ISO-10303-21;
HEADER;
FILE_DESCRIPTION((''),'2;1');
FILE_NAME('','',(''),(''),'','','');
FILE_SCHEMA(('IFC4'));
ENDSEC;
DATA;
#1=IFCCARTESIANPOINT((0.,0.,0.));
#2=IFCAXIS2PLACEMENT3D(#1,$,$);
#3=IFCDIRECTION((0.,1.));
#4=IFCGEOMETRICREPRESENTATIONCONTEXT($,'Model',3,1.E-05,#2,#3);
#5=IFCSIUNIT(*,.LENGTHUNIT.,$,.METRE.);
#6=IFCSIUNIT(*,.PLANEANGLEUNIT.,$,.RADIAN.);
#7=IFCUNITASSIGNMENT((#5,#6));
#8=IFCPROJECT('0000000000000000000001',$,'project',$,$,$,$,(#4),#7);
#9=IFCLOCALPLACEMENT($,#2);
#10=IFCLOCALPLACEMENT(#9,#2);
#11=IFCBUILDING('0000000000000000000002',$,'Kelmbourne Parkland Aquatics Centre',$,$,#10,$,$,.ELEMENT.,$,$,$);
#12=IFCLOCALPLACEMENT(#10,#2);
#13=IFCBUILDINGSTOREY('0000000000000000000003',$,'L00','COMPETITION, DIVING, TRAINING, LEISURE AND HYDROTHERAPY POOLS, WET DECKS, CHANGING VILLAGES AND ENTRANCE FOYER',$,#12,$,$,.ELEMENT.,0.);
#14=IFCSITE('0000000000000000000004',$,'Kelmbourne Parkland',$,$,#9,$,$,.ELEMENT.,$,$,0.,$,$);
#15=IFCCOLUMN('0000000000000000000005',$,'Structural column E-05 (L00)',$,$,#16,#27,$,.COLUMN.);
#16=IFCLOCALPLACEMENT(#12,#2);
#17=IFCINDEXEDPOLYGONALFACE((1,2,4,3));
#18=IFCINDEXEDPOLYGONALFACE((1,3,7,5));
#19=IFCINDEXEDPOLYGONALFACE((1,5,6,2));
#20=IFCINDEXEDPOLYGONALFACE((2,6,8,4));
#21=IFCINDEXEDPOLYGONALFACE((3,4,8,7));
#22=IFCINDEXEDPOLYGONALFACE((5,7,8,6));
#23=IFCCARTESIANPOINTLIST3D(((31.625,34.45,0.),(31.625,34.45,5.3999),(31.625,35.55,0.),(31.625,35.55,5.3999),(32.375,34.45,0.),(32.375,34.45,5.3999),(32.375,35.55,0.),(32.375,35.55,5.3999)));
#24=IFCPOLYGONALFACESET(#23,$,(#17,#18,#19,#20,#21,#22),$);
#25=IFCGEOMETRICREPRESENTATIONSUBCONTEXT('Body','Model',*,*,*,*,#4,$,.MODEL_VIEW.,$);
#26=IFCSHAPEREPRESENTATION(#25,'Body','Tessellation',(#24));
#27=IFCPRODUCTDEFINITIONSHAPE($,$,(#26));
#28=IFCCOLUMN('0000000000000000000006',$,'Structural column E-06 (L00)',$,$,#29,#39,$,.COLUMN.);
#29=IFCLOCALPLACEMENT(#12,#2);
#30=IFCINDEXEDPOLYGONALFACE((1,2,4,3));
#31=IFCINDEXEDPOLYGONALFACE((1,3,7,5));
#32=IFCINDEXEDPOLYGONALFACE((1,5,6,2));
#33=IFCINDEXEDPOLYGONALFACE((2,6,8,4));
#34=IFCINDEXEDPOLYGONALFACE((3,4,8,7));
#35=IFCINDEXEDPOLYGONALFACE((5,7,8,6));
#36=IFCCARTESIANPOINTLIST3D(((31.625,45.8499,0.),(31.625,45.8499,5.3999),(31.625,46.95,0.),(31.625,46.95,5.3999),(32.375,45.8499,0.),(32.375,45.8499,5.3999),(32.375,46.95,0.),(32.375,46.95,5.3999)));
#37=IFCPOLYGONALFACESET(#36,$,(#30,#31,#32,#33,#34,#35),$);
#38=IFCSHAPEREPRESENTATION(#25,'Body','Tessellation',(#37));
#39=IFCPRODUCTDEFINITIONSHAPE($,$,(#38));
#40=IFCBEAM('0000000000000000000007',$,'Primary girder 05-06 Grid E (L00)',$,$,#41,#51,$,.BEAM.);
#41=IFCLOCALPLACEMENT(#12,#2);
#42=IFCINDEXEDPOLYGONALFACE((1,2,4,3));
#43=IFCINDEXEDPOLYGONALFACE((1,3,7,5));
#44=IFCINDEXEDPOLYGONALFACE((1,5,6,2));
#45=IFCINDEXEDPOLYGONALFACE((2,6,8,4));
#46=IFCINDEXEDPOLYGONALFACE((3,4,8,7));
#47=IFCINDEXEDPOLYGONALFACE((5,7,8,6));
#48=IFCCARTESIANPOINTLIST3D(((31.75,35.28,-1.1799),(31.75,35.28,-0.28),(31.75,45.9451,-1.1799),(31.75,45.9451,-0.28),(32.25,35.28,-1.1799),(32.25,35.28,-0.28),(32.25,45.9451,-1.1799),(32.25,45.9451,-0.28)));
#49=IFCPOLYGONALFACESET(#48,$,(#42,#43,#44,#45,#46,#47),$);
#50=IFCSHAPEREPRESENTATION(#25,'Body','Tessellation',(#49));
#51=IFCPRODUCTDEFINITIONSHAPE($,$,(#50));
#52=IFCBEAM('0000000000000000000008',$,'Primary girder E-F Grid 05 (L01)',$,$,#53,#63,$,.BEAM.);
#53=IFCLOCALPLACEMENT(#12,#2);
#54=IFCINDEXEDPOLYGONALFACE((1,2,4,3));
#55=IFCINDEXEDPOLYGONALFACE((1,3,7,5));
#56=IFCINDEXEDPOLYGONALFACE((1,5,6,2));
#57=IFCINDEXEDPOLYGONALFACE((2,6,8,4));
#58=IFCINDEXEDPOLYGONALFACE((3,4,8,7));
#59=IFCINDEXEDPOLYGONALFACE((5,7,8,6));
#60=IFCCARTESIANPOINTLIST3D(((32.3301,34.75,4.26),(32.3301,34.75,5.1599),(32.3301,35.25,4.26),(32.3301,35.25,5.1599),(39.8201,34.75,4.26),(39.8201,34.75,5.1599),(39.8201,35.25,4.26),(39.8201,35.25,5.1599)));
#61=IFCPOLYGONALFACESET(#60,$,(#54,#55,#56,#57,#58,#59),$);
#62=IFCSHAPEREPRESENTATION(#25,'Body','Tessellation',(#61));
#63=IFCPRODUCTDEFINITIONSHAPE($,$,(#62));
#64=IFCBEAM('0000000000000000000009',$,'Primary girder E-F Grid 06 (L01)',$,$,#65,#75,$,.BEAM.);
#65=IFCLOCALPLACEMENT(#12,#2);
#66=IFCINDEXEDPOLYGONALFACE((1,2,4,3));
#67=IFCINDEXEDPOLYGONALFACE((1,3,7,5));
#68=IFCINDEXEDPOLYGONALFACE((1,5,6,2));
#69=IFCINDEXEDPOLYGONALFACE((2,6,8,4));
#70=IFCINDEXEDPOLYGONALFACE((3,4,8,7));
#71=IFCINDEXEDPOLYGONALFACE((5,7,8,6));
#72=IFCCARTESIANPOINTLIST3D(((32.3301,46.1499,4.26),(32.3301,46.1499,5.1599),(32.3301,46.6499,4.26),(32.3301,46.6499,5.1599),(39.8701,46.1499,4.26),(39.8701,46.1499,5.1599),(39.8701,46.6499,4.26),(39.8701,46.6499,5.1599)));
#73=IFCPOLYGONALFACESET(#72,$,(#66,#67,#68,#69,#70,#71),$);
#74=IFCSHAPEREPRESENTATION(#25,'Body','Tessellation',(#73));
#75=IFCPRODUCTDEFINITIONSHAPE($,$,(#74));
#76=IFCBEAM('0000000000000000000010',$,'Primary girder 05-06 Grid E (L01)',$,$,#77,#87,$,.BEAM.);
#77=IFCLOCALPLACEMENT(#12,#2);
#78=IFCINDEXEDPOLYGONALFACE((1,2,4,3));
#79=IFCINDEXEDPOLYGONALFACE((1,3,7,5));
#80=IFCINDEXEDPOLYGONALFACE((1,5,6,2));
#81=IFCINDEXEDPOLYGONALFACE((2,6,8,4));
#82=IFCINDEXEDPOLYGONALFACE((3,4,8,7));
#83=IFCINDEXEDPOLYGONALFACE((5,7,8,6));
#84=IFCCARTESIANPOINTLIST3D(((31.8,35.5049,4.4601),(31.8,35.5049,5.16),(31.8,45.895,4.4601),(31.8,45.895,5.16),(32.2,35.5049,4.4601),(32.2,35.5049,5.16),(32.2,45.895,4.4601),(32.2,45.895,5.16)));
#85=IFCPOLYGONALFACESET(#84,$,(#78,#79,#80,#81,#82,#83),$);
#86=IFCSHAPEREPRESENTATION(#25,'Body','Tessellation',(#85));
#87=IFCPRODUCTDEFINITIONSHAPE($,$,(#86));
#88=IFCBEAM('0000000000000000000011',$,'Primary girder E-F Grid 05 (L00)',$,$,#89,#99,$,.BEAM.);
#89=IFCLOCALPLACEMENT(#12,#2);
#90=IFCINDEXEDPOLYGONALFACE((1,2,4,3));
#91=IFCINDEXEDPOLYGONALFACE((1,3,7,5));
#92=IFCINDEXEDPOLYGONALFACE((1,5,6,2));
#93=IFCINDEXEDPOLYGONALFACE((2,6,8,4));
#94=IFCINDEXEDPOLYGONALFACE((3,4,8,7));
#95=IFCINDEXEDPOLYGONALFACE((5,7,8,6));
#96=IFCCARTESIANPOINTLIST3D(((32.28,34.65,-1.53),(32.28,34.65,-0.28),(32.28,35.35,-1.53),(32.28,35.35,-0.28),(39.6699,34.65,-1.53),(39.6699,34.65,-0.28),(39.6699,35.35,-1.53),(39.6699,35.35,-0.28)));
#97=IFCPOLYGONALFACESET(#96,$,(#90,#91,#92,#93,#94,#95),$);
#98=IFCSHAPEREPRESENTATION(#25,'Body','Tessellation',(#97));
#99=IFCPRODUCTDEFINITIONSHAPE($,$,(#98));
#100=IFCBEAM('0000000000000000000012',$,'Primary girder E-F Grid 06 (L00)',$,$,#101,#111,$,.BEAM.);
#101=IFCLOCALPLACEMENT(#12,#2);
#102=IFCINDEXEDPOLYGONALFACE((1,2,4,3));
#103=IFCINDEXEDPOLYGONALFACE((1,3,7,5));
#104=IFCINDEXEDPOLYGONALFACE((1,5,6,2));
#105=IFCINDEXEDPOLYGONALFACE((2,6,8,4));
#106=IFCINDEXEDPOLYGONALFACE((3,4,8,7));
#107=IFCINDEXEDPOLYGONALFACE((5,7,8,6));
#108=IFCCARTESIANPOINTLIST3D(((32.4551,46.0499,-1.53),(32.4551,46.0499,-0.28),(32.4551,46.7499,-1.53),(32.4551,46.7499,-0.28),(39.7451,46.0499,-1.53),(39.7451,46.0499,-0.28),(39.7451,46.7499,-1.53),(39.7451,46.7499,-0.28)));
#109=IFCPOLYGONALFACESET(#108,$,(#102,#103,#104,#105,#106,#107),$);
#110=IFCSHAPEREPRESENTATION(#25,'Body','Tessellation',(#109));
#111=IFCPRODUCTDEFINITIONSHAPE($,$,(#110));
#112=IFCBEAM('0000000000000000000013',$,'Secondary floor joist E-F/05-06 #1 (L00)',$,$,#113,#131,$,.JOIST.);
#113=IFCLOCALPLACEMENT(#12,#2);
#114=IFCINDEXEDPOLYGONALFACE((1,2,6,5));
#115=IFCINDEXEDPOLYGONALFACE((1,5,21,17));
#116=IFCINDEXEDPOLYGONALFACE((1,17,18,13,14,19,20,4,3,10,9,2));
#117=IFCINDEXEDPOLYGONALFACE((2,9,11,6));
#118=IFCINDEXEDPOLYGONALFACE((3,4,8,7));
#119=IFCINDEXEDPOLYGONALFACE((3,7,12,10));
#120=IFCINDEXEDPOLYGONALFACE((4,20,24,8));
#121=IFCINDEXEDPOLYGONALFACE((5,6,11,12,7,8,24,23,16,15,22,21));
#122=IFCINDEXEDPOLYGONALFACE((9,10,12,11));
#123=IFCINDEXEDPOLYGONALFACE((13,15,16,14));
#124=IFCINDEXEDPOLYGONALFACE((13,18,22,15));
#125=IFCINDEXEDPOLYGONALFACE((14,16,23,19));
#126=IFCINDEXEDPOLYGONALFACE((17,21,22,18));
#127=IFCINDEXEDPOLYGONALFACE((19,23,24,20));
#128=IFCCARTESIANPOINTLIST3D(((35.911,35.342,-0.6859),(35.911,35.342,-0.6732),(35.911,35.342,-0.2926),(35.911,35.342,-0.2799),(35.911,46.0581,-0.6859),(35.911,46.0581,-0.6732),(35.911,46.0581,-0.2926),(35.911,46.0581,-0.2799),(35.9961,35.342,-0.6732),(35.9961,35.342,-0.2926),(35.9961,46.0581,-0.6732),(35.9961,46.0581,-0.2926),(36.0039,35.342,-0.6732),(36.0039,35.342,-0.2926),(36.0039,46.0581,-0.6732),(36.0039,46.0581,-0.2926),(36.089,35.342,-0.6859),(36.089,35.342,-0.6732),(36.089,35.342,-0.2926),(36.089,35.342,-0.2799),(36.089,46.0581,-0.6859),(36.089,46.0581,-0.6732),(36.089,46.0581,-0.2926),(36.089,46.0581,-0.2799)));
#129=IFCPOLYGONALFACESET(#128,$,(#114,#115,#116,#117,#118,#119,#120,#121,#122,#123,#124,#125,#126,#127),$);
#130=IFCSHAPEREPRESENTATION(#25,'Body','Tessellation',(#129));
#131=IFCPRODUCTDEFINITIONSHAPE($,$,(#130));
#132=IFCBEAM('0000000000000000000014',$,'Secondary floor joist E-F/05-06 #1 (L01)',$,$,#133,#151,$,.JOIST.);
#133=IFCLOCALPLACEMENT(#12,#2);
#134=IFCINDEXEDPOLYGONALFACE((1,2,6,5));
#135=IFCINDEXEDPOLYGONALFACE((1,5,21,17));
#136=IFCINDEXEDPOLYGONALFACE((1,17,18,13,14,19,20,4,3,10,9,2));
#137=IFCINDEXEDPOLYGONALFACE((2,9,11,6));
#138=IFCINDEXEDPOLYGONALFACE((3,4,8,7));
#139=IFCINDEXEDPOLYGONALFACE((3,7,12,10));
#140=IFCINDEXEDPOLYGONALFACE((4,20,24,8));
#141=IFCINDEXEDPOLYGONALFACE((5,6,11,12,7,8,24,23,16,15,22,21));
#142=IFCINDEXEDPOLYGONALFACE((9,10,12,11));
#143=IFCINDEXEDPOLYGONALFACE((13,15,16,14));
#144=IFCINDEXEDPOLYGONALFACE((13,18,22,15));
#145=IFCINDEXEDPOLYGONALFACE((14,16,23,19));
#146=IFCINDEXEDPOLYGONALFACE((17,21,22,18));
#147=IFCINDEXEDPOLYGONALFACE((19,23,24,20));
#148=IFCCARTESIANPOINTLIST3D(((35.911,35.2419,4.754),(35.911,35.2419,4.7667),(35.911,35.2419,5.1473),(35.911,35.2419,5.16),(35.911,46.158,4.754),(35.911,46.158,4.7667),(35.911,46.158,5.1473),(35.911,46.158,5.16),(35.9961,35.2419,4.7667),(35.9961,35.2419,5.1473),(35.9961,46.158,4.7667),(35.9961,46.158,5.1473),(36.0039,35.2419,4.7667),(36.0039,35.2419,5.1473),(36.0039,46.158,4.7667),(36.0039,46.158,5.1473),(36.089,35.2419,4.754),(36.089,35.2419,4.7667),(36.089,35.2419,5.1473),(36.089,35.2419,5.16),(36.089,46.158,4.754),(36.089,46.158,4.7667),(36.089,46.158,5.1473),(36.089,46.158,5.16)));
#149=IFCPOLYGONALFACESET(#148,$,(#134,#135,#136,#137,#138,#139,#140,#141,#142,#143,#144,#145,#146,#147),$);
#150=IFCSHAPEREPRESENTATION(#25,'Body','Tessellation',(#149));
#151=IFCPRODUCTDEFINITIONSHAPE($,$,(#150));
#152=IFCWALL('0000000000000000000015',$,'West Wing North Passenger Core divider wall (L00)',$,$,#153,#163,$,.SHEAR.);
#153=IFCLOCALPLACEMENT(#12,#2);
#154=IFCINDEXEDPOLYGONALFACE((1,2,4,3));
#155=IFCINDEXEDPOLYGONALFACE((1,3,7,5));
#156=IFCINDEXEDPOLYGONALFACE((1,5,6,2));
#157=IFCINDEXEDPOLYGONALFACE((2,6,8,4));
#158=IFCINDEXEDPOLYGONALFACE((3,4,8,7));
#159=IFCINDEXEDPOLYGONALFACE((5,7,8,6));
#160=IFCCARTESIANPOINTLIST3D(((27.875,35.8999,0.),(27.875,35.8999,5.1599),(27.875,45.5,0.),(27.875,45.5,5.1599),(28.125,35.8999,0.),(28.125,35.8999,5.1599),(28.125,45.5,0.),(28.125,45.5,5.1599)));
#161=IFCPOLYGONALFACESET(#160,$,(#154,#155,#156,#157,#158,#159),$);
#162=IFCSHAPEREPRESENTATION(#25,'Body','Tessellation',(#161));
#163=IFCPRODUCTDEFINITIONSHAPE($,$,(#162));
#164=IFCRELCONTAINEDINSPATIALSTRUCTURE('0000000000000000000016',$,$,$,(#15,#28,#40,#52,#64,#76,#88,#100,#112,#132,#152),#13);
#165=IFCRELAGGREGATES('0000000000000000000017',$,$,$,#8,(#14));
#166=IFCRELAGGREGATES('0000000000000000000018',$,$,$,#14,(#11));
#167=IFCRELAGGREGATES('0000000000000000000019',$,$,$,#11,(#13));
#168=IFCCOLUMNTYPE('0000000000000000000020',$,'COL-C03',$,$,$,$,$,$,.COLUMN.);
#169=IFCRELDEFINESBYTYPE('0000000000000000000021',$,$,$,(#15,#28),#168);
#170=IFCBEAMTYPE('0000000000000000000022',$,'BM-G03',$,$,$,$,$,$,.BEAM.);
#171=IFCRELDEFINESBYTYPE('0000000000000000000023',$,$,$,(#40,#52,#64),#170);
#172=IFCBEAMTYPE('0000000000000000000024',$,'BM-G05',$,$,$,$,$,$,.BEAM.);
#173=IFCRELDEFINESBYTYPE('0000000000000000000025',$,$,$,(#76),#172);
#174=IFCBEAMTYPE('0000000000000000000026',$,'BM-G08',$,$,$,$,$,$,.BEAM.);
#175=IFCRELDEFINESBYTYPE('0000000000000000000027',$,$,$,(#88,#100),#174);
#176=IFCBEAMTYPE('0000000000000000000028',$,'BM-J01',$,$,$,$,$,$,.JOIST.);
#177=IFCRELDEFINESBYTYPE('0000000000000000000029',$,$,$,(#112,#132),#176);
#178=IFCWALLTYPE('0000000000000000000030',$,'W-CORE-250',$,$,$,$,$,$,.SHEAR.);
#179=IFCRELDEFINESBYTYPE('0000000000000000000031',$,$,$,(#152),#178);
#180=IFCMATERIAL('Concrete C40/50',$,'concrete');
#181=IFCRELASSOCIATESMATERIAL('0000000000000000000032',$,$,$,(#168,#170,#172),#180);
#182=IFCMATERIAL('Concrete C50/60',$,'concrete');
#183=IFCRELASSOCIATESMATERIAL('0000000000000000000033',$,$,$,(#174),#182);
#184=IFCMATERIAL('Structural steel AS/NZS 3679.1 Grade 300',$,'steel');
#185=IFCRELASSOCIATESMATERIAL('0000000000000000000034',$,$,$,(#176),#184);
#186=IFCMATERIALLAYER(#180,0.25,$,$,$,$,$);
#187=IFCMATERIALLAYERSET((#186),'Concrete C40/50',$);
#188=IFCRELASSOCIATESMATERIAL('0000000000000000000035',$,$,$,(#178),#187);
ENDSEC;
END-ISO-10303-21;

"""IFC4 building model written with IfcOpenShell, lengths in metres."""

from ifc_helpers import new_model, si_unit, direction, frame, frame_2d, origin, origin_2d, place, context, subcontext, project, spatial, rectangle, i_section, extrude, material, layer, layer_set, material_profile, profile_set, type_object, element, save


model = new_model("IFC4")

# Units and contexts
model_context = context("Model", 3, precision=1e-05, world=origin(), true_north=direction((0.0, 1.0)))
body_context = subcontext(model_context, "Body", "Model", "MODEL_VIEW")
ifc_project = project(units=[si_unit("LENGTHUNIT", "METRE"), si_unit("PLANEANGLEUNIT", "RADIAN")], contexts=[model_context])

# Site, building, storey
site_placement = place(None, origin())
site = spatial("IfcSite", under=ifc_project, at=site_placement, Name="Kelmbourne Parkland", CompositionType="ELEMENT", RefElevation=0.0)
building_placement = place(site_placement, origin())
building = spatial("IfcBuilding", under=site, at=building_placement, Name="Kelmbourne Parkland Aquatics Centre", CompositionType="ELEMENT")
storey_placement = place(building_placement, origin())
storey = spatial("IfcBuildingStorey", under=building, at=storey_placement, Name="L00", Description="COMPETITION, DIVING, TRAINING, LEISURE AND HYDROTHERAPY POOLS, WET DECKS, CHANGING VILLAGES AND ENTRANCE FOYER", CompositionType="ELEMENT", Elevation=0.0)

# Columns
ifc_material_1 = material(Name="Concrete C40/50", Category="concrete")
ifc_material_profile_1 = material_profile(ifc_material_1, rectangle(XDim=0.75, YDim=1.1001, at=origin_2d()), Name="RC 750x1100")
ifc_profile_set_1 = profile_set([ifc_material_profile_1], Name="Concrete C40/50")
column_type = type_object("IfcColumnType", Name="COL-C03", PredefinedType="COLUMN", material=ifc_profile_set_1)
for number, where, z_axis, x_axis, name in (
    (1, (32.0, 35.0, 0.0), (0.0, 0.0, 1.0), (1.0, 0.0, 0.0), "Structural column E-05 (L00)"),
    (2, (32.0, 46.3999, 0.0), (0.0, 0.0, 1.0), (1.0, 0.0, 0.0), "Structural column E-06 (L00)"),
):
    element("IfcColumn", number, at=place(storey_placement, frame(where, z_axis=z_axis, x_axis=x_axis)), inside=storey, type_object=column_type, Name=name, PredefinedType="COLUMN", context=body_context, shape_type="SweptSolid", body=[
        extrude(rectangle(XDim=0.75, YDim=1.1001, at=origin_2d()), origin(), (0.0, 0.0, 1.0), 5.3999),
    ])

# Beams
ifc_material_profile_2 = material_profile(ifc_material_1, rectangle(XDim=0.5, YDim=0.8999, at=origin_2d()), Name="RC 500x900")
ifc_profile_set_2 = profile_set([ifc_material_profile_2], Name="Concrete C40/50")
beam_type_1 = type_object("IfcBeamType", Name="BM-G03", PredefinedType="BEAM", material=ifc_profile_set_2)
beam_1_placement = place(storey_placement, frame((32.0, 35.28, -0.73), z_axis=(0.0, 1.0, 0.0), x_axis=(-1.0, 0.0, 0.0)))
element("IfcBeam", 3, at=beam_1_placement, inside=storey, type_object=beam_type_1, Name="Primary girder 05-06 Grid E (L00)", PredefinedType="BEAM", context=body_context, shape_type="SweptSolid", body=[
    extrude(rectangle(XDim=0.5, YDim=0.8999, at=origin_2d()), origin(), (0.0, 0.0, 1.0), 10.665),
])
beam_2_placement = place(storey_placement, frame((32.3301, 35.0, 4.71), z_axis=(1.0, 0.0, 0.0), x_axis=(0.0, 1.0, 0.0)))
element("IfcBeam", 4, at=beam_2_placement, inside=storey, type_object=beam_type_1, Name="Primary girder E-F Grid 05 (L01)", PredefinedType="BEAM", context=body_context, shape_type="SweptSolid", body=[
    extrude(rectangle(XDim=0.5, YDim=0.8999, at=origin_2d()), origin(), (0.0, 0.0, 1.0), 7.49),
])
beam_3_placement = place(storey_placement, frame((32.3301, 46.3999, 4.71), z_axis=(1.0, 0.0, 0.0), x_axis=(0.0, 1.0, 0.0)))
element("IfcBeam", 5, at=beam_3_placement, inside=storey, type_object=beam_type_1, Name="Primary girder E-F Grid 06 (L01)", PredefinedType="BEAM", context=body_context, shape_type="SweptSolid", body=[
    extrude(rectangle(XDim=0.5, YDim=0.8999, at=origin_2d()), origin(), (0.0, 0.0, 1.0), 7.54),
])
ifc_material_profile_3 = material_profile(ifc_material_1, rectangle(XDim=0.3999, YDim=0.7, at=origin_2d()), Name="RC 400x700")
ifc_profile_set_3 = profile_set([ifc_material_profile_3], Name="Concrete C40/50")
beam_type_2 = type_object("IfcBeamType", Name="BM-G05", PredefinedType="BEAM", material=ifc_profile_set_3)
beam_4_placement = place(storey_placement, frame((32.0, 35.5049, 4.8101), z_axis=(0.0, 1.0, 0.0), x_axis=(-1.0, 0.0, 0.0)))
element("IfcBeam", 6, at=beam_4_placement, inside=storey, type_object=beam_type_2, Name="Primary girder 05-06 Grid E (L01)", PredefinedType="BEAM", context=body_context, shape_type="SweptSolid", body=[
    extrude(rectangle(XDim=0.3999, YDim=0.7, at=origin_2d()), origin(), (0.0, 0.0, 1.0), 10.3901),
])
ifc_material_2 = material(Name="Concrete C50/60", Category="concrete")
ifc_material_profile_4 = material_profile(ifc_material_2, rectangle(XDim=0.7, YDim=1.25, at=origin_2d()), Name="RC 700x1250")
ifc_profile_set_4 = profile_set([ifc_material_profile_4], Name="Concrete C50/60")
beam_type_3 = type_object("IfcBeamType", Name="BM-G08", PredefinedType="BEAM", material=ifc_profile_set_4)
beam_5_placement = place(storey_placement, frame((32.28, 35.0, -0.905), z_axis=(1.0, 0.0, 0.0), x_axis=(0.0, 1.0, 0.0)))
element("IfcBeam", 7, at=beam_5_placement, inside=storey, type_object=beam_type_3, Name="Primary girder E-F Grid 05 (L00)", PredefinedType="BEAM", context=body_context, shape_type="SweptSolid", body=[
    extrude(rectangle(XDim=0.7, YDim=1.25, at=origin_2d()), origin(), (0.0, 0.0, 1.0), 7.3899),
])
beam_6_placement = place(storey_placement, frame((32.4551, 46.3999, -0.905), z_axis=(1.0, 0.0, 0.0), x_axis=(0.0, 1.0, 0.0)))
element("IfcBeam", 8, at=beam_6_placement, inside=storey, type_object=beam_type_3, Name="Primary girder E-F Grid 06 (L00)", PredefinedType="BEAM", context=body_context, shape_type="SweptSolid", body=[
    extrude(rectangle(XDim=0.7, YDim=1.25, at=origin_2d()), origin(), (0.0, 0.0, 1.0), 7.29),
])
ifc_material_3 = material(Name="Structural steel AS/NZS 3679.1 Grade 300", Category="steel")
ifc_material_profile_5 = material_profile(ifc_material_3, i_section(OverallWidth=0.178, OverallDepth=0.406, WebThickness=0.0078, FlangeThickness=0.0127, at=origin_2d()), Name="410UB59.7")
ifc_profile_set_5 = profile_set([ifc_material_profile_5], Name="Structural steel AS/NZS 3679.1 Grade 300")
beam_type_4 = type_object("IfcBeamType", Name="BM-J01", PredefinedType="JOIST", material=ifc_profile_set_5)
beam_7_placement = place(storey_placement, frame((36.0, 35.342, -0.4829), z_axis=(0.0, 1.0, 0.0), x_axis=(-1.0, 0.0, 0.0)))
element("IfcBeam", 9, at=beam_7_placement, inside=storey, type_object=beam_type_4, Name="Secondary floor joist E-F/05-06 #1 (L00)", PredefinedType="JOIST", context=body_context, shape_type="SweptSolid", body=[
    extrude(i_section(OverallWidth=0.178, OverallDepth=0.406, WebThickness=0.0078, FlangeThickness=0.0127, at=origin_2d()), origin(), (0.0, 0.0, 1.0), 10.7161),
])
beam_8_placement = place(storey_placement, frame((36.0, 35.2419, 4.957), z_axis=(0.0, 1.0, 0.0), x_axis=(-1.0, 0.0, 0.0)))
element("IfcBeam", 10, at=beam_8_placement, inside=storey, type_object=beam_type_4, Name="Secondary floor joist E-F/05-06 #1 (L01)", PredefinedType="JOIST", context=body_context, shape_type="SweptSolid", body=[
    extrude(i_section(OverallWidth=0.178, OverallDepth=0.406, WebThickness=0.0078, FlangeThickness=0.0127, at=origin_2d()), origin(), (0.0, 0.0, 1.0), 10.916),
])

# Wall
ifc_layer_1 = layer(ifc_material_1, 0.25)
ifc_layer_set_1 = layer_set([ifc_layer_1], Name="Concrete C40/50")
wall_type_1 = type_object("IfcWallType", Name="W-CORE-250", PredefinedType="SHEAR", material=ifc_layer_set_1)
wall_1_placement = place(storey_placement, frame((28.0, 35.8999, 0.0), z_axis=(0.0, 0.0, 1.0), x_axis=(0.0, 1.0, 0.0)))
element("IfcWall", 11, at=wall_1_placement, inside=storey, type_object=wall_type_1, Name="West Wing North Passenger Core divider wall (L00)", PredefinedType="SHEAR", context=body_context, shape_type="SweptSolid", body=[
    extrude(rectangle(XDim=9.6001, YDim=0.25, at=frame_2d((4.8, 0.0))), origin(), (0.0, 0.0, 1.0), 5.1599),
])

save(model, "model.ifc")
